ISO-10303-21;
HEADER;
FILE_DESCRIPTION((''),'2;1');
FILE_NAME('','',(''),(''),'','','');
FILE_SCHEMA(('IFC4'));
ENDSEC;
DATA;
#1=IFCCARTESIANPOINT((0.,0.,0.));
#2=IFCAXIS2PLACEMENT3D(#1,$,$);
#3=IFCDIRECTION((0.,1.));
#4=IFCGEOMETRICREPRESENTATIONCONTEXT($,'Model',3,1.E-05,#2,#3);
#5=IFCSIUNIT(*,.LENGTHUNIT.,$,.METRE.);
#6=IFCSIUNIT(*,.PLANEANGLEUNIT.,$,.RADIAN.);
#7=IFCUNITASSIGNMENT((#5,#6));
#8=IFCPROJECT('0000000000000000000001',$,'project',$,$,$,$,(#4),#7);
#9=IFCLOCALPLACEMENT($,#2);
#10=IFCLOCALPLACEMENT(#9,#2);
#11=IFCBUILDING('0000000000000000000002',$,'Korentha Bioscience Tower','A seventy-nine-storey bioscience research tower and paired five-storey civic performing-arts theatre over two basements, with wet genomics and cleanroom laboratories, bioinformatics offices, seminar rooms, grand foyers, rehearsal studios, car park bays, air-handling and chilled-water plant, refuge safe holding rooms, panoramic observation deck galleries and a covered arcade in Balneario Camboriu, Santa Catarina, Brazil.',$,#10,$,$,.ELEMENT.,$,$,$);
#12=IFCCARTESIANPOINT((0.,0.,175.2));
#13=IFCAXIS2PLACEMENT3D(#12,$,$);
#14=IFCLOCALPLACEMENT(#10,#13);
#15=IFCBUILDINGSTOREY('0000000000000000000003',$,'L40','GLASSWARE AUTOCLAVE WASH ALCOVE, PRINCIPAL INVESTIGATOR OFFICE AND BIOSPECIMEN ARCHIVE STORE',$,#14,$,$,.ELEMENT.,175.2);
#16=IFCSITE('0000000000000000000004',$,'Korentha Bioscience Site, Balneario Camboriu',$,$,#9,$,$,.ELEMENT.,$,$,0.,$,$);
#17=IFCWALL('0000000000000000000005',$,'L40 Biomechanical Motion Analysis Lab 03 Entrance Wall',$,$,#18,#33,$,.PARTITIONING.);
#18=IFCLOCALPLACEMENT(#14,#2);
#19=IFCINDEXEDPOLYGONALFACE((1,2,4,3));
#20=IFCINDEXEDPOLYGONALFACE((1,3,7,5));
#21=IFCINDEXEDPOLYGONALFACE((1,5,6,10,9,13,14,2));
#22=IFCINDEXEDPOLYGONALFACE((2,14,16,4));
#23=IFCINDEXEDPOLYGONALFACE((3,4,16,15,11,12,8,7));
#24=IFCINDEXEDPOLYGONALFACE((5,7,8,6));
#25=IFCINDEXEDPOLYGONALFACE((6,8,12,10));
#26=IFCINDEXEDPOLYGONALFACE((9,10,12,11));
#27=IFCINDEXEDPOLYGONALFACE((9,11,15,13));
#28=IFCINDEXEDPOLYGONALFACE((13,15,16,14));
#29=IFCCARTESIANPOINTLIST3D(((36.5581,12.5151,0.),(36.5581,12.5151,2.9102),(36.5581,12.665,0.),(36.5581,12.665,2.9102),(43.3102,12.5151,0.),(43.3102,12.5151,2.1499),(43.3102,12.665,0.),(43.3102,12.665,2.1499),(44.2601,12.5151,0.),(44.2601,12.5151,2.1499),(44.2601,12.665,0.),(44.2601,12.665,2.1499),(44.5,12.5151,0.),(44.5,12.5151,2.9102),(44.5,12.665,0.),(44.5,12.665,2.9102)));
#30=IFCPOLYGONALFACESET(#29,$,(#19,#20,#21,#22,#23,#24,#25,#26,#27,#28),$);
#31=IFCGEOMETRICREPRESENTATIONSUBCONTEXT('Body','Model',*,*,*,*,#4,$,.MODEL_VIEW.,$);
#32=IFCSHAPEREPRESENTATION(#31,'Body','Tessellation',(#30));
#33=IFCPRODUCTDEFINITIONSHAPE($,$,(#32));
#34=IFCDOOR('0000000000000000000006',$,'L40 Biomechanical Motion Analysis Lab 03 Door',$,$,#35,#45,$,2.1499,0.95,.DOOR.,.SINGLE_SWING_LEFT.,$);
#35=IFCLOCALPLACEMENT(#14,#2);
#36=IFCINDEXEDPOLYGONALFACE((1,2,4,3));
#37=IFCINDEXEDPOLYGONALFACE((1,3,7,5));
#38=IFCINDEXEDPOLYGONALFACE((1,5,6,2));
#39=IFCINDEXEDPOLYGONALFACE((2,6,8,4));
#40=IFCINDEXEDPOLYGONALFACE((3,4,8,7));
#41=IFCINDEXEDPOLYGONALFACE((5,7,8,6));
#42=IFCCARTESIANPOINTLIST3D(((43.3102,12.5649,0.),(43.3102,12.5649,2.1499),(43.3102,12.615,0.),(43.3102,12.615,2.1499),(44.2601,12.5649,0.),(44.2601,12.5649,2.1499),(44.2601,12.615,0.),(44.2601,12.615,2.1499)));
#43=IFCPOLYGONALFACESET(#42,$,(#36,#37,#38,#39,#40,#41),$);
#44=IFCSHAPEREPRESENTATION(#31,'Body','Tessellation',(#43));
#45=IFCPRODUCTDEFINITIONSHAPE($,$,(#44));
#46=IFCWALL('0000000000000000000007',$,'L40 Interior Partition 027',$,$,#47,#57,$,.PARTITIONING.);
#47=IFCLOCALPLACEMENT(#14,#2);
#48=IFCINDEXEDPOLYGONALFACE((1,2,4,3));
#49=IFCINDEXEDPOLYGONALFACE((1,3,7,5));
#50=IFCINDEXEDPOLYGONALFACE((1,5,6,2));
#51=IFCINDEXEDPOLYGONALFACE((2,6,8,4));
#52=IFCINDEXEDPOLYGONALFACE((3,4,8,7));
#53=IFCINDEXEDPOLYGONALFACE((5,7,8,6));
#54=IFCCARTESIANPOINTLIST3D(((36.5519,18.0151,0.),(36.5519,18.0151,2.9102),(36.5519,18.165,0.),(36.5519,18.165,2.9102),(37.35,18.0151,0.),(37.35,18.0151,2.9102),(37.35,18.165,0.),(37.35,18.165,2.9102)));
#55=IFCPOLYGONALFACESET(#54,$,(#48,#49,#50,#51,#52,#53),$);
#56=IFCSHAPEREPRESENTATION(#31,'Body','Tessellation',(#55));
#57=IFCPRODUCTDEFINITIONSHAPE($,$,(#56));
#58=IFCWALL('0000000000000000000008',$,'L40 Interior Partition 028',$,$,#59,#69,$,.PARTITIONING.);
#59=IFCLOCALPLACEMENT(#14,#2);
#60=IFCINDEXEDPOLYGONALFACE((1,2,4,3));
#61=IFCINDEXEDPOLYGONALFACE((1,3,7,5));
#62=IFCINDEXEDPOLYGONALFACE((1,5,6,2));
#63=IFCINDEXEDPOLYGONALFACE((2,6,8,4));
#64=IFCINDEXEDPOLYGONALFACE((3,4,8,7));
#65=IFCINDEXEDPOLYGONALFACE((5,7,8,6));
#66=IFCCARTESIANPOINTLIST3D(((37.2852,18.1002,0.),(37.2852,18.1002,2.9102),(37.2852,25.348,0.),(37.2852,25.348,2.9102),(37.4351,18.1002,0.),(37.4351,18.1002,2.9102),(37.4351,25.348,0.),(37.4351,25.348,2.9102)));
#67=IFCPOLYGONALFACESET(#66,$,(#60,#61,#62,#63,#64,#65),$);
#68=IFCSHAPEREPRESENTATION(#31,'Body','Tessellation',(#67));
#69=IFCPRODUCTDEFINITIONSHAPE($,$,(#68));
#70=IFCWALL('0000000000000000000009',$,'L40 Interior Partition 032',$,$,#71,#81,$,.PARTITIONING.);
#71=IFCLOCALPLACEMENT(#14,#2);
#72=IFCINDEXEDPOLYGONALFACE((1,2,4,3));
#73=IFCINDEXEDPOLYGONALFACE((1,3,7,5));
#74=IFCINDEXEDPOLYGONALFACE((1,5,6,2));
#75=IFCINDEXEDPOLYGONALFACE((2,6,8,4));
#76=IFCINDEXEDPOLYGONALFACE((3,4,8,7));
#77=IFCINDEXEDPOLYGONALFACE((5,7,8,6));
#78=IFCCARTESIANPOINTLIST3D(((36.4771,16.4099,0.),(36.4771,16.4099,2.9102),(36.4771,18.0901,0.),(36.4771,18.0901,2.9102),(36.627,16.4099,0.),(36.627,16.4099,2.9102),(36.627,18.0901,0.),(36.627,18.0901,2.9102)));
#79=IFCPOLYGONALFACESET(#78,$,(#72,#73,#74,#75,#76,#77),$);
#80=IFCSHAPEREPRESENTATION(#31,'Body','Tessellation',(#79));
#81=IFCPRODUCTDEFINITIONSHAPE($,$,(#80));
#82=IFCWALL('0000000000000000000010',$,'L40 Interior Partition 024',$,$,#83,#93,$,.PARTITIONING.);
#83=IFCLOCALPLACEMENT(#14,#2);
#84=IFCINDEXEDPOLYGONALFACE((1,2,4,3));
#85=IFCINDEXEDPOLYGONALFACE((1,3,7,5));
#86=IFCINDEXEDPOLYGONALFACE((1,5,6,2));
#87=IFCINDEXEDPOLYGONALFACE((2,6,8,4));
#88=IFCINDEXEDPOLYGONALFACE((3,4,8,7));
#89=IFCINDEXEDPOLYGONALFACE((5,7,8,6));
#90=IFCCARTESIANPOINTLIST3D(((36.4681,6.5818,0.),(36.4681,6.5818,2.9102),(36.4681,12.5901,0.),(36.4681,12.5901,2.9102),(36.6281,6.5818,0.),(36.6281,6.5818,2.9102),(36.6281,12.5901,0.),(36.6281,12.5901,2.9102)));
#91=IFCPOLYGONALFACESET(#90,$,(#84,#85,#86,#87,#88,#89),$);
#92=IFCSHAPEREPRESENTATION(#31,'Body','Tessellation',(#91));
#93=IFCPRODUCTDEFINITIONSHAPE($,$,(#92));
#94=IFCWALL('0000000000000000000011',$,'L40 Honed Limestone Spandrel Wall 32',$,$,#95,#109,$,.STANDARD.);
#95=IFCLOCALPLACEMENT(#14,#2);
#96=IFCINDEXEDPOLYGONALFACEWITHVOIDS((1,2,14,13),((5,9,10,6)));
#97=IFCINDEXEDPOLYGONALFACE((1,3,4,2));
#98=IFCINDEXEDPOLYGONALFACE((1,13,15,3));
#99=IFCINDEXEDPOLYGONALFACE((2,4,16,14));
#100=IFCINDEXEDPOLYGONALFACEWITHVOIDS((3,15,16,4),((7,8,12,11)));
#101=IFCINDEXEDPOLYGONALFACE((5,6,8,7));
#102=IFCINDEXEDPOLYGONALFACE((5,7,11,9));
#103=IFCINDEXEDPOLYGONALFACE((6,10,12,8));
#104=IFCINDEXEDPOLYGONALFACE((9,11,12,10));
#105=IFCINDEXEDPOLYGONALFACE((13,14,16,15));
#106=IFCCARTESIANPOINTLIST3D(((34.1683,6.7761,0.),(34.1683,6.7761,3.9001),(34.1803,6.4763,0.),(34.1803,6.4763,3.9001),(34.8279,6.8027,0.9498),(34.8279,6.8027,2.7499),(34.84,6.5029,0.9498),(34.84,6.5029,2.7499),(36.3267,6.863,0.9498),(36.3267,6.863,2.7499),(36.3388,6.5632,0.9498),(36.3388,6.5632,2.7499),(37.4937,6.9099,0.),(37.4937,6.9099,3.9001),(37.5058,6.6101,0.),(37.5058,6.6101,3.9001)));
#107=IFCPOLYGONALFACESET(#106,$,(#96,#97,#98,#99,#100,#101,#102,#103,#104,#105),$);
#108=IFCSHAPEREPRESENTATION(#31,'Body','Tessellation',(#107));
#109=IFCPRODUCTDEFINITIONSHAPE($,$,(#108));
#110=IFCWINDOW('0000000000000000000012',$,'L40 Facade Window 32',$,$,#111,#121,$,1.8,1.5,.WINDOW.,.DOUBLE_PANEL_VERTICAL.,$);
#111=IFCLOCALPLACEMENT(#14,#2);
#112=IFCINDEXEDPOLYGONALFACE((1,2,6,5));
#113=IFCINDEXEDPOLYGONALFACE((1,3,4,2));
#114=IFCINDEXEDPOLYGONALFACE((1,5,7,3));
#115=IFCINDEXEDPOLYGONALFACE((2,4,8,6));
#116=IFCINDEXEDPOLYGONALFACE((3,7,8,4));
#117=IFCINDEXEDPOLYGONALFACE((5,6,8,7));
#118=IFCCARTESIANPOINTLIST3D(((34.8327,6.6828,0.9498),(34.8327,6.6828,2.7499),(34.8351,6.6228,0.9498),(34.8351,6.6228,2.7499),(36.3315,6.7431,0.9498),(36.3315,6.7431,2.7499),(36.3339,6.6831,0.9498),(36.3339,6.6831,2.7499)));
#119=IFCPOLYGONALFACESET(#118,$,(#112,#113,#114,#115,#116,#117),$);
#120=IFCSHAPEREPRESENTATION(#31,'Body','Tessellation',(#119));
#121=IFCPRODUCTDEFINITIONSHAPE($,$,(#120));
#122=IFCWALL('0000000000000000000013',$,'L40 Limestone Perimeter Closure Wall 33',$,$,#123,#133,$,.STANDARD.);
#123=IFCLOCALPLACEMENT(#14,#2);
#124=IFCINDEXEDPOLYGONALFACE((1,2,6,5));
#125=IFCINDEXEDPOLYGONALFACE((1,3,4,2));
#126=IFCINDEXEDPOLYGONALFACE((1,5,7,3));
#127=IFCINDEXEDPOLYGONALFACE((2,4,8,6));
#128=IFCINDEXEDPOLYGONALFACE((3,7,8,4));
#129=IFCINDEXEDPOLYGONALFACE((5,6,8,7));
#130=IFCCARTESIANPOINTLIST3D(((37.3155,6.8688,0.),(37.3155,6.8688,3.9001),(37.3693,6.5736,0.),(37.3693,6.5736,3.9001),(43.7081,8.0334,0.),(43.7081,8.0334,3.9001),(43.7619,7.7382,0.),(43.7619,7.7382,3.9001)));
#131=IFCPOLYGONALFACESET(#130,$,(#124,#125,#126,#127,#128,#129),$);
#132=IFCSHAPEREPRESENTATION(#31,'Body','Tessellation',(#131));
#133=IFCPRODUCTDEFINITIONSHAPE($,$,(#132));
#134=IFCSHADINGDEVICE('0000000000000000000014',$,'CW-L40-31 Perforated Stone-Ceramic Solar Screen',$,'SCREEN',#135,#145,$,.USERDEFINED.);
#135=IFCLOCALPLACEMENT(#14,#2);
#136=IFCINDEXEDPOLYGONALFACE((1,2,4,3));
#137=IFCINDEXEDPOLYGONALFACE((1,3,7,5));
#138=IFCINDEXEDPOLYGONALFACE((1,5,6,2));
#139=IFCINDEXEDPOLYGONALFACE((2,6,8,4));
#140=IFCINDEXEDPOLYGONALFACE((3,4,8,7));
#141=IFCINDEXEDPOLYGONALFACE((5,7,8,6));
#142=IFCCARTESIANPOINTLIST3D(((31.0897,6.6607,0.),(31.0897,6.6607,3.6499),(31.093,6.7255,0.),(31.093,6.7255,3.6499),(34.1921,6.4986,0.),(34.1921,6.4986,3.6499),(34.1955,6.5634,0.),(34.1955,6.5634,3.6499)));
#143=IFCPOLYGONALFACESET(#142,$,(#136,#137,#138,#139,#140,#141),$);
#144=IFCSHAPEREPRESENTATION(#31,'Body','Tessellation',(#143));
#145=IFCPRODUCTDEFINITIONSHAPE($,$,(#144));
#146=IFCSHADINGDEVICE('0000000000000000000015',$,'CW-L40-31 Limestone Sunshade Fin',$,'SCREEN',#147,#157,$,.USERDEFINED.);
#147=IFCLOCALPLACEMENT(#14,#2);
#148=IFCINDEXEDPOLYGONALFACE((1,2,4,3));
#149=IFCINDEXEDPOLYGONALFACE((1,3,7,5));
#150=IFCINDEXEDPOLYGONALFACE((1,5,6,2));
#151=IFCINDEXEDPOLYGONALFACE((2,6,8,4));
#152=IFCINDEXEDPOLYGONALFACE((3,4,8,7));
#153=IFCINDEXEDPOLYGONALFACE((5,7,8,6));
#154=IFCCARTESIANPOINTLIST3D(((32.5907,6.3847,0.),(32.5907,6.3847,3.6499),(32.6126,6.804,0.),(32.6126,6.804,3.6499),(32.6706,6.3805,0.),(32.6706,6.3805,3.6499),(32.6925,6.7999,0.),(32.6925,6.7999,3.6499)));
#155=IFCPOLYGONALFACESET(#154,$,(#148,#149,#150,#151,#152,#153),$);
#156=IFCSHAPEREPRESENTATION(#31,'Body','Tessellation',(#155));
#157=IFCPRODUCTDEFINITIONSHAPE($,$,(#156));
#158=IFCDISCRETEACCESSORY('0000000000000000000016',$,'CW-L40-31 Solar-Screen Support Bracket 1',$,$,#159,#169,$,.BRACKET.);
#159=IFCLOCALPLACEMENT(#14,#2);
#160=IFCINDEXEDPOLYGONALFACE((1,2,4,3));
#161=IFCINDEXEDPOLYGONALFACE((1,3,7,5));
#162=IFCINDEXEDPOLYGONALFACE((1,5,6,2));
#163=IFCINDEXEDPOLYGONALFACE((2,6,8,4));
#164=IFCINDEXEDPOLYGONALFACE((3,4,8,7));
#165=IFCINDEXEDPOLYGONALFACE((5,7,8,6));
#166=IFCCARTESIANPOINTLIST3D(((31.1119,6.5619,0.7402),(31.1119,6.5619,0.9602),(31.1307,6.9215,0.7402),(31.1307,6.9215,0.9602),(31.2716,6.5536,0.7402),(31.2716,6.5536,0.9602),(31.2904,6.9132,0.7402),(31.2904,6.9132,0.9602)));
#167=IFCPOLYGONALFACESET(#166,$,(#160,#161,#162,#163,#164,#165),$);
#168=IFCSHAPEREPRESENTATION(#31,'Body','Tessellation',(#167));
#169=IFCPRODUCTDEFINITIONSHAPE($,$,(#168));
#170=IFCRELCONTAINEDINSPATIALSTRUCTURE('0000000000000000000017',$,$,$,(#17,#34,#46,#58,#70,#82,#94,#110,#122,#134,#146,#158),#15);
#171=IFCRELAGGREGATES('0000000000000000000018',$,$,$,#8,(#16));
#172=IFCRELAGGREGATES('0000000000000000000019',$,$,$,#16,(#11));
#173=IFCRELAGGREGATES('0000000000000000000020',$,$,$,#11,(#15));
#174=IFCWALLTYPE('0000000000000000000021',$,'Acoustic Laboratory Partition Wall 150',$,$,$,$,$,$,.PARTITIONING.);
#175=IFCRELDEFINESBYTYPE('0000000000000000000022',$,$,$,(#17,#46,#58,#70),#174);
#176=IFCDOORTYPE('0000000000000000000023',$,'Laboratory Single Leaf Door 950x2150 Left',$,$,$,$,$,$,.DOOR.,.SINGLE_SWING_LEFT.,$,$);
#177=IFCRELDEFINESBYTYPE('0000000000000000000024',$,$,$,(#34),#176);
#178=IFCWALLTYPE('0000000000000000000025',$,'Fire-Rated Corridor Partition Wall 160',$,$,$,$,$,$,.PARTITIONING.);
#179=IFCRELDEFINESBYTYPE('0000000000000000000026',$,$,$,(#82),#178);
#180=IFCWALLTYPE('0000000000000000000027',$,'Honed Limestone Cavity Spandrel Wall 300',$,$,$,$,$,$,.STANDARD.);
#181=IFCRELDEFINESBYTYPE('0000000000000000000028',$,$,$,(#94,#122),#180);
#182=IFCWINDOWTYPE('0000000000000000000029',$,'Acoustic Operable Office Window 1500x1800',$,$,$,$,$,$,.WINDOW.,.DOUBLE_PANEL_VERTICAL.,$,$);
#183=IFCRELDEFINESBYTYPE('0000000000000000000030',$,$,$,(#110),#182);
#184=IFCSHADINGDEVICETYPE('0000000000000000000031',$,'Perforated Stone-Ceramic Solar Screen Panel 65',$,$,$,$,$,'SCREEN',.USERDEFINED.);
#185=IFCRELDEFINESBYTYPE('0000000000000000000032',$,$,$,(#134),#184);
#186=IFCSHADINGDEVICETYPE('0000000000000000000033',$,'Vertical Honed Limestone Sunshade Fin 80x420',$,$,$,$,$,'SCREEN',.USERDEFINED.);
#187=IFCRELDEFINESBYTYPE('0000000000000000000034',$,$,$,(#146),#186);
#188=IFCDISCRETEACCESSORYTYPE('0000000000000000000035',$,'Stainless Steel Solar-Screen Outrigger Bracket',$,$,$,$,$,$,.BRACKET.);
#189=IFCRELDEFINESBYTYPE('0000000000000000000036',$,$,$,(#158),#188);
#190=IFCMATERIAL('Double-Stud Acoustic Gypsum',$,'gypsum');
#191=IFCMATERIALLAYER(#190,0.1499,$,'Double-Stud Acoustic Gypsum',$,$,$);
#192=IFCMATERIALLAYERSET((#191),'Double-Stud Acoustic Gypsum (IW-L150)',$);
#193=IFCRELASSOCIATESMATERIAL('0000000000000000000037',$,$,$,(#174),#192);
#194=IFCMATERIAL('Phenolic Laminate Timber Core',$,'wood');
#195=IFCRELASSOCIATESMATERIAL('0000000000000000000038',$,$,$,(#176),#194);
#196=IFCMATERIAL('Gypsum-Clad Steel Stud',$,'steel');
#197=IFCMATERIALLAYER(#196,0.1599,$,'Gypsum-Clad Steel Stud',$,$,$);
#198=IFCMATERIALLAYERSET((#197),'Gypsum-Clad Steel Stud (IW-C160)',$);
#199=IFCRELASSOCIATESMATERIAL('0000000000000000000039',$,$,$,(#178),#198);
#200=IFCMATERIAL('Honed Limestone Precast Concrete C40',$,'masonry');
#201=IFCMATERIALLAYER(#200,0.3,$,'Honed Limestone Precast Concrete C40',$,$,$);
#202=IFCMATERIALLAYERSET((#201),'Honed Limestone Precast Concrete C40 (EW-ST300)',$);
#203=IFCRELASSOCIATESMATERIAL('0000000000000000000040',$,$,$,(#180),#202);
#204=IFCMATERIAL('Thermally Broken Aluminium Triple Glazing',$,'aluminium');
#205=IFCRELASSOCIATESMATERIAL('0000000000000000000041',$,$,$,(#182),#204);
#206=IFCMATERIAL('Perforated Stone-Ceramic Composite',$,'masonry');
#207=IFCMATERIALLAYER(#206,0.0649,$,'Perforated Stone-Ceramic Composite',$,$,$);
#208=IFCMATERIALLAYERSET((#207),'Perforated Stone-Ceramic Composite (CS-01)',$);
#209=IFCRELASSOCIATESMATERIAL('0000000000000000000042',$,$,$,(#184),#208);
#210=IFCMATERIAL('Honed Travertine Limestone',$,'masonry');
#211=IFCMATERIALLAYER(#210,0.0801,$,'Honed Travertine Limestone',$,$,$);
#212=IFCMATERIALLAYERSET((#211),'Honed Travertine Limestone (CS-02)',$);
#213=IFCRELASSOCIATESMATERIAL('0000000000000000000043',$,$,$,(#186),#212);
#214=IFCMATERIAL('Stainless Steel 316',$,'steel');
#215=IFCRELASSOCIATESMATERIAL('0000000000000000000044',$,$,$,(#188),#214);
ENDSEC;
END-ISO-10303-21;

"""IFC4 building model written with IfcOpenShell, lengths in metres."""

from ifc_helpers import new_model, si_unit, direction, frame, frame_2d, origin, origin_2d, place, context, subcontext, project, spatial, rectangle, extrude, material, layer, layer_set, type_object, element, fill, save


model = new_model("IFC4")

# Units and contexts
model_context = context("Model", 3, precision=1e-05, world=origin(), true_north=direction((0.0, 1.0)))
body_context = subcontext(model_context, "Body", "Model", "MODEL_VIEW")
ifc_project = project(units=[si_unit("LENGTHUNIT", "METRE"), si_unit("PLANEANGLEUNIT", "RADIAN")], contexts=[model_context])

# Site, building, storey
site_placement = place(None, origin())
site = spatial("IfcSite", under=ifc_project, at=site_placement, Name="Korentha Bioscience Site, Balneario Camboriu", CompositionType="ELEMENT", RefElevation=0.0)
building_placement = place(site_placement, origin())
building = spatial("IfcBuilding", under=site, at=building_placement, Name="Korentha Bioscience Tower", Description="A seventy-nine-storey bioscience research tower and paired five-storey civic performing-arts theatre over two basements, with wet genomics and cleanroom laboratories, bioinformatics offices, seminar rooms, grand foyers, rehearsal studios, car park bays, air-handling and chilled-water plant, refuge safe holding rooms, panoramic observation deck galleries and a covered arcade in Balneario Camboriu, Santa Catarina, Brazil.", CompositionType="ELEMENT")
storey_placement = place(building_placement, frame((0.0, 0.0, 175.2)))
storey = spatial("IfcBuildingStorey", under=building, at=storey_placement, Name="L40", Description="GLASSWARE AUTOCLAVE WASH ALCOVE, PRINCIPAL INVESTIGATOR OFFICE AND BIOSPECIMEN ARCHIVE STORE", CompositionType="ELEMENT", Elevation=175.2)

# Wall, opening, door
ifc_material_1 = material(Name="Double-Stud Acoustic Gypsum", Category="gypsum")
ifc_layer_1 = layer(ifc_material_1, 0.1499, Name="Double-Stud Acoustic Gypsum")
ifc_layer_set_1 = layer_set([ifc_layer_1], Name="Double-Stud Acoustic Gypsum (IW-L150)")
wall_type_1 = type_object("IfcWallType", Name="Acoustic Laboratory Partition Wall 150", PredefinedType="PARTITIONING", material=ifc_layer_set_1)
wall_1_placement = place(storey_placement, frame((36.5581, 12.5901, 0.0), z_axis=(0.0, 0.0, 1.0), x_axis=(1.0, 0.0, 0.0)))
wall_1 = element("IfcWall", 1, at=wall_1_placement, inside=storey, type_object=wall_type_1, Name="L40 Biomechanical Motion Analysis Lab 03 Entrance Wall", PredefinedType="PARTITIONING", context=body_context, shape_type="SweptSolid", body=[
    extrude(rectangle(XDim=7.9419, YDim=0.1499, at=frame_2d((3.9709, 0.0))), origin(), (0.0, 0.0, 1.0), 2.9102),
])
opening_1_placement = place(wall_1_placement, frame((6.752, 0.0, 0.0)))
opening_1 = element("IfcOpeningElement", 2, at=opening_1_placement, cuts=wall_1, PredefinedType="OPENING", context=body_context, shape_type="SweptSolid", body=[
    extrude(rectangle(XDim=0.95, YDim=2.1499, at=frame_2d((0.4751, 1.075))), frame((0.0, 0.0898, 0.0), z_axis=(0.0, -1.0, 0.0), x_axis=(1.0, 0.0, 0.0)), (0.0, 0.0, 1.0), 0.1797),
])
ifc_material_2 = material(Name="Phenolic Laminate Timber Core", Category="wood")
door_type = type_object("IfcDoorType", Name="Laboratory Single Leaf Door 950x2150 Left", OperationType="SINGLE_SWING_LEFT", PredefinedType="DOOR", material=ifc_material_2)
door_placement = place(opening_1_placement, origin())
door = element("IfcDoor", 3, at=door_placement, inside=storey, type_object=door_type, Name="L40 Biomechanical Motion Analysis Lab 03 Door", OperationType="SINGLE_SWING_LEFT", OverallHeight=2.1499, OverallWidth=0.95, PredefinedType="DOOR", context=body_context, shape_type="SweptSolid", body=[
    extrude(rectangle(XDim=0.95, YDim=2.1499, at=frame_2d((0.4751, 1.075))), frame((0.0, 0.0249, 0.0), z_axis=(0.0, -1.0, 0.0), x_axis=(1.0, 0.0, 0.0)), (0.0, 0.0, 1.0), 0.05),
])
fill(opening_1, door)

# Walls
wall_2_placement = place(storey_placement, frame((36.552, 18.0901, 0.0), z_axis=(0.0, 0.0, 1.0), x_axis=(1.0, 0.0, 0.0)))
element("IfcWall", 4, at=wall_2_placement, inside=storey, type_object=wall_type_1, Name="L40 Interior Partition 027", PredefinedType="PARTITIONING", context=body_context, shape_type="SweptSolid", body=[
    extrude(rectangle(XDim=0.7981, YDim=0.1499, at=frame_2d((0.3989, 0.0))), origin(), (0.0, 0.0, 1.0), 2.9102),
])
wall_3_placement = place(storey_placement, frame((37.3601, 18.1001, 0.0), z_axis=(0.0, 0.0, 1.0), x_axis=(0.0, 1.0, 0.0)))
element("IfcWall", 5, at=wall_3_placement, inside=storey, type_object=wall_type_1, Name="L40 Interior Partition 028", PredefinedType="PARTITIONING", context=body_context, shape_type="SweptSolid", body=[
    extrude(rectangle(XDim=7.2478, YDim=0.1499, at=frame_2d((3.624, 0.0))), origin(), (0.0, 0.0, 1.0), 2.9102),
])
wall_4_placement = place(storey_placement, frame((36.552, 16.4099, 0.0), z_axis=(0.0, 0.0, 1.0), x_axis=(0.0, 1.0, 0.0)))
element("IfcWall", 6, at=wall_4_placement, inside=storey, type_object=wall_type_1, Name="L40 Interior Partition 032", PredefinedType="PARTITIONING", context=body_context, shape_type="SweptSolid", body=[
    extrude(rectangle(XDim=1.6802, YDim=0.1499, at=frame_2d((0.8401, 0.0))), origin(), (0.0, 0.0, 1.0), 2.9102),
])
ifc_material_3 = material(Name="Gypsum-Clad Steel Stud", Category="steel")
ifc_layer_2 = layer(ifc_material_3, 0.1599, Name="Gypsum-Clad Steel Stud")
ifc_layer_set_2 = layer_set([ifc_layer_2], Name="Gypsum-Clad Steel Stud (IW-C160)")
wall_type_2 = type_object("IfcWallType", Name="Fire-Rated Corridor Partition Wall 160", PredefinedType="PARTITIONING", material=ifc_layer_set_2)
wall_5_placement = place(storey_placement, frame((36.5481, 12.5901, 0.0), z_axis=(0.0, 0.0, 1.0), x_axis=(0.0, -1.0, 0.0)))
element("IfcWall", 7, at=wall_5_placement, inside=storey, type_object=wall_type_2, Name="L40 Interior Partition 024", PredefinedType="PARTITIONING", context=body_context, shape_type="SweptSolid", body=[
    extrude(rectangle(XDim=6.0083, YDim=0.1599, at=frame_2d((3.0042, 0.0))), origin(), (0.0, 0.0, 1.0), 2.9102),
])

# Wall, opening, window
ifc_material_4 = material(Name="Honed Limestone Precast Concrete C40", Category="masonry")
ifc_layer_3 = layer(ifc_material_4, 0.3, Name="Honed Limestone Precast Concrete C40")
ifc_layer_set_3 = layer_set([ifc_layer_3], Name="Honed Limestone Precast Concrete C40 (EW-ST300)")
wall_type_3 = type_object("IfcWallType", Name="Honed Limestone Cavity Spandrel Wall 300", PredefinedType="STANDARD", material=ifc_layer_set_3)
wall_6_placement = place(storey_placement, frame((34.1743, 6.6262, 0.0), z_axis=(0.0, 0.0, 1.0), x_axis=(0.999192, 0.040199, 0.0)))
wall_6 = element("IfcWall", 8, at=wall_6_placement, inside=storey, type_object=wall_type_3, Name="L40 Honed Limestone Spandrel Wall 32", PredefinedType="STANDARD", context=body_context, shape_type="SweptSolid", body=[
    extrude(rectangle(XDim=3.3281, YDim=0.3, at=frame_2d((1.6641, 0.0))), origin(), (0.0, 0.0, 1.0), 3.9001),
])
opening_2_placement = place(wall_6_placement, frame((0.6602, 0.0, 0.95)))
opening_2 = element("IfcOpeningElement", 9, at=opening_2_placement, cuts=wall_6, PredefinedType="OPENING", context=body_context, shape_type="SweptSolid", body=[
    extrude(rectangle(XDim=1.5, YDim=1.8, at=frame_2d((0.75, 0.8999))), frame((0.0, 0.165, 0.0), z_axis=(0.0, -1.0, 0.0), x_axis=(1.0, 0.0, 0.0)), (0.0, 0.0, 1.0), 0.3298),
])
ifc_material_5 = material(Name="Thermally Broken Aluminium Triple Glazing", Category="aluminium")
window_type = type_object("IfcWindowType", Name="Acoustic Operable Office Window 1500x1800", PartitioningType="DOUBLE_PANEL_VERTICAL", PredefinedType="WINDOW", material=ifc_material_5)
window_placement = place(opening_2_placement, origin())
window = element("IfcWindow", 10, at=window_placement, inside=storey, type_object=window_type, Name="L40 Facade Window 32", OverallHeight=1.8, OverallWidth=1.5, PartitioningType="DOUBLE_PANEL_VERTICAL", PredefinedType="WINDOW", context=body_context, shape_type="SweptSolid", body=[
    extrude(rectangle(XDim=1.5, YDim=1.8, at=frame_2d((0.75, 0.8999))), frame((0.0, 0.03, 0.0), z_axis=(0.0, -1.0, 0.0), x_axis=(1.0, 0.0, 0.0)), (0.0, 0.0, 1.0), 0.0601),
])
fill(opening_2, window)

# Wall
wall_7_placement = place(storey_placement, frame((37.3423, 6.7212, 0.0), z_axis=(0.0, 0.0, 1.0), x_axis=(0.983809, 0.179223, 0.0)))
element("IfcWall", 11, at=wall_7_placement, inside=storey, type_object=wall_type_3, Name="L40 Limestone Perimeter Closure Wall 33", PredefinedType="STANDARD", context=body_context, shape_type="SweptSolid", body=[
    extrude(rectangle(XDim=6.4978, YDim=0.3, at=frame_2d((3.249, 0.0))), origin(), (0.0, 0.0, 1.0), 3.9001),
])

# Shading devices
ifc_material_6 = material(Name="Perforated Stone-Ceramic Composite", Category="masonry")
ifc_layer_4 = layer(ifc_material_6, 0.0649, Name="Perforated Stone-Ceramic Composite")
ifc_layer_set_4 = layer_set([ifc_layer_4], Name="Perforated Stone-Ceramic Composite (CS-01)")
shading_device_type_1 = type_object("IfcShadingDeviceType", Name="Perforated Stone-Ceramic Solar Screen Panel 65", ElementType="SCREEN", PredefinedType="USERDEFINED", material=ifc_layer_set_4)
shading_device_1_placement = place(storey_placement, frame((32.6426, 6.6121, 0.0), z_axis=(0.0, 0.0, 1.0), x_axis=(0.998638, -0.05218, 0.0)))
element("IfcShadingDevice", 12, at=shading_device_1_placement, inside=storey, type_object=shading_device_type_1, Name="CW-L40-31 Perforated Stone-Ceramic Solar Screen", ObjectType="SCREEN", PredefinedType="USERDEFINED", context=body_context, shape_type="SweptSolid", body=[
    extrude(rectangle(XDim=3.1067, YDim=0.0649, at=origin_2d()), origin(), (0.0, 0.0, 1.0), 3.6499),
])
ifc_material_7 = material(Name="Honed Travertine Limestone", Category="masonry")
ifc_layer_5 = layer(ifc_material_7, 0.0801, Name="Honed Travertine Limestone")
ifc_layer_set_5 = layer_set([ifc_layer_5], Name="Honed Travertine Limestone (CS-02)")
shading_device_type_2 = type_object("IfcShadingDeviceType", Name="Vertical Honed Limestone Sunshade Fin 80x420", ElementType="SCREEN", PredefinedType="USERDEFINED", material=ifc_layer_set_5)
shading_device_2_placement = place(storey_placement, frame((32.6416, 6.5923, 0.0), z_axis=(0.0, 0.0, 1.0), x_axis=(0.998638, -0.05218, 0.0)))
element("IfcShadingDevice", 13, at=shading_device_2_placement, inside=storey, type_object=shading_device_type_2, Name="CW-L40-31 Limestone Sunshade Fin", ObjectType="SCREEN", PredefinedType="USERDEFINED", context=body_context, shape_type="SweptSolid", body=[
    extrude(rectangle(XDim=0.0801, YDim=0.4199, at=origin_2d()), origin(), (0.0, 0.0, 1.0), 3.6499),
])

# Discrete accessory
ifc_material_8 = material(Name="Stainless Steel 316", Category="steel")
discrete_accessory_type = type_object("IfcDiscreteAccessoryType", Name="Stainless Steel Solar-Screen Outrigger Bracket", PredefinedType="BRACKET", material=ifc_material_8)
for number, where, z_axis, x_axis, name in (
    (14, (31.2012, 6.7375, 0.7402), (0.0, 0.0, 1.0), (0.998638, -0.05218, 0.0), "CW-L40-31 Solar-Screen Support Bracket 1"),
):
    element("IfcDiscreteAccessory", number, at=place(storey_placement, frame(where, z_axis=z_axis, x_axis=x_axis)), inside=storey, type_object=discrete_accessory_type, Name=name, PredefinedType="BRACKET", context=body_context, shape_type="SweptSolid", body=[
        extrude(rectangle(XDim=0.1599, YDim=0.3601, at=origin_2d()), origin(), (0.0, 0.0, 1.0), 0.22),
    ])

save(model, "model.ifc")
